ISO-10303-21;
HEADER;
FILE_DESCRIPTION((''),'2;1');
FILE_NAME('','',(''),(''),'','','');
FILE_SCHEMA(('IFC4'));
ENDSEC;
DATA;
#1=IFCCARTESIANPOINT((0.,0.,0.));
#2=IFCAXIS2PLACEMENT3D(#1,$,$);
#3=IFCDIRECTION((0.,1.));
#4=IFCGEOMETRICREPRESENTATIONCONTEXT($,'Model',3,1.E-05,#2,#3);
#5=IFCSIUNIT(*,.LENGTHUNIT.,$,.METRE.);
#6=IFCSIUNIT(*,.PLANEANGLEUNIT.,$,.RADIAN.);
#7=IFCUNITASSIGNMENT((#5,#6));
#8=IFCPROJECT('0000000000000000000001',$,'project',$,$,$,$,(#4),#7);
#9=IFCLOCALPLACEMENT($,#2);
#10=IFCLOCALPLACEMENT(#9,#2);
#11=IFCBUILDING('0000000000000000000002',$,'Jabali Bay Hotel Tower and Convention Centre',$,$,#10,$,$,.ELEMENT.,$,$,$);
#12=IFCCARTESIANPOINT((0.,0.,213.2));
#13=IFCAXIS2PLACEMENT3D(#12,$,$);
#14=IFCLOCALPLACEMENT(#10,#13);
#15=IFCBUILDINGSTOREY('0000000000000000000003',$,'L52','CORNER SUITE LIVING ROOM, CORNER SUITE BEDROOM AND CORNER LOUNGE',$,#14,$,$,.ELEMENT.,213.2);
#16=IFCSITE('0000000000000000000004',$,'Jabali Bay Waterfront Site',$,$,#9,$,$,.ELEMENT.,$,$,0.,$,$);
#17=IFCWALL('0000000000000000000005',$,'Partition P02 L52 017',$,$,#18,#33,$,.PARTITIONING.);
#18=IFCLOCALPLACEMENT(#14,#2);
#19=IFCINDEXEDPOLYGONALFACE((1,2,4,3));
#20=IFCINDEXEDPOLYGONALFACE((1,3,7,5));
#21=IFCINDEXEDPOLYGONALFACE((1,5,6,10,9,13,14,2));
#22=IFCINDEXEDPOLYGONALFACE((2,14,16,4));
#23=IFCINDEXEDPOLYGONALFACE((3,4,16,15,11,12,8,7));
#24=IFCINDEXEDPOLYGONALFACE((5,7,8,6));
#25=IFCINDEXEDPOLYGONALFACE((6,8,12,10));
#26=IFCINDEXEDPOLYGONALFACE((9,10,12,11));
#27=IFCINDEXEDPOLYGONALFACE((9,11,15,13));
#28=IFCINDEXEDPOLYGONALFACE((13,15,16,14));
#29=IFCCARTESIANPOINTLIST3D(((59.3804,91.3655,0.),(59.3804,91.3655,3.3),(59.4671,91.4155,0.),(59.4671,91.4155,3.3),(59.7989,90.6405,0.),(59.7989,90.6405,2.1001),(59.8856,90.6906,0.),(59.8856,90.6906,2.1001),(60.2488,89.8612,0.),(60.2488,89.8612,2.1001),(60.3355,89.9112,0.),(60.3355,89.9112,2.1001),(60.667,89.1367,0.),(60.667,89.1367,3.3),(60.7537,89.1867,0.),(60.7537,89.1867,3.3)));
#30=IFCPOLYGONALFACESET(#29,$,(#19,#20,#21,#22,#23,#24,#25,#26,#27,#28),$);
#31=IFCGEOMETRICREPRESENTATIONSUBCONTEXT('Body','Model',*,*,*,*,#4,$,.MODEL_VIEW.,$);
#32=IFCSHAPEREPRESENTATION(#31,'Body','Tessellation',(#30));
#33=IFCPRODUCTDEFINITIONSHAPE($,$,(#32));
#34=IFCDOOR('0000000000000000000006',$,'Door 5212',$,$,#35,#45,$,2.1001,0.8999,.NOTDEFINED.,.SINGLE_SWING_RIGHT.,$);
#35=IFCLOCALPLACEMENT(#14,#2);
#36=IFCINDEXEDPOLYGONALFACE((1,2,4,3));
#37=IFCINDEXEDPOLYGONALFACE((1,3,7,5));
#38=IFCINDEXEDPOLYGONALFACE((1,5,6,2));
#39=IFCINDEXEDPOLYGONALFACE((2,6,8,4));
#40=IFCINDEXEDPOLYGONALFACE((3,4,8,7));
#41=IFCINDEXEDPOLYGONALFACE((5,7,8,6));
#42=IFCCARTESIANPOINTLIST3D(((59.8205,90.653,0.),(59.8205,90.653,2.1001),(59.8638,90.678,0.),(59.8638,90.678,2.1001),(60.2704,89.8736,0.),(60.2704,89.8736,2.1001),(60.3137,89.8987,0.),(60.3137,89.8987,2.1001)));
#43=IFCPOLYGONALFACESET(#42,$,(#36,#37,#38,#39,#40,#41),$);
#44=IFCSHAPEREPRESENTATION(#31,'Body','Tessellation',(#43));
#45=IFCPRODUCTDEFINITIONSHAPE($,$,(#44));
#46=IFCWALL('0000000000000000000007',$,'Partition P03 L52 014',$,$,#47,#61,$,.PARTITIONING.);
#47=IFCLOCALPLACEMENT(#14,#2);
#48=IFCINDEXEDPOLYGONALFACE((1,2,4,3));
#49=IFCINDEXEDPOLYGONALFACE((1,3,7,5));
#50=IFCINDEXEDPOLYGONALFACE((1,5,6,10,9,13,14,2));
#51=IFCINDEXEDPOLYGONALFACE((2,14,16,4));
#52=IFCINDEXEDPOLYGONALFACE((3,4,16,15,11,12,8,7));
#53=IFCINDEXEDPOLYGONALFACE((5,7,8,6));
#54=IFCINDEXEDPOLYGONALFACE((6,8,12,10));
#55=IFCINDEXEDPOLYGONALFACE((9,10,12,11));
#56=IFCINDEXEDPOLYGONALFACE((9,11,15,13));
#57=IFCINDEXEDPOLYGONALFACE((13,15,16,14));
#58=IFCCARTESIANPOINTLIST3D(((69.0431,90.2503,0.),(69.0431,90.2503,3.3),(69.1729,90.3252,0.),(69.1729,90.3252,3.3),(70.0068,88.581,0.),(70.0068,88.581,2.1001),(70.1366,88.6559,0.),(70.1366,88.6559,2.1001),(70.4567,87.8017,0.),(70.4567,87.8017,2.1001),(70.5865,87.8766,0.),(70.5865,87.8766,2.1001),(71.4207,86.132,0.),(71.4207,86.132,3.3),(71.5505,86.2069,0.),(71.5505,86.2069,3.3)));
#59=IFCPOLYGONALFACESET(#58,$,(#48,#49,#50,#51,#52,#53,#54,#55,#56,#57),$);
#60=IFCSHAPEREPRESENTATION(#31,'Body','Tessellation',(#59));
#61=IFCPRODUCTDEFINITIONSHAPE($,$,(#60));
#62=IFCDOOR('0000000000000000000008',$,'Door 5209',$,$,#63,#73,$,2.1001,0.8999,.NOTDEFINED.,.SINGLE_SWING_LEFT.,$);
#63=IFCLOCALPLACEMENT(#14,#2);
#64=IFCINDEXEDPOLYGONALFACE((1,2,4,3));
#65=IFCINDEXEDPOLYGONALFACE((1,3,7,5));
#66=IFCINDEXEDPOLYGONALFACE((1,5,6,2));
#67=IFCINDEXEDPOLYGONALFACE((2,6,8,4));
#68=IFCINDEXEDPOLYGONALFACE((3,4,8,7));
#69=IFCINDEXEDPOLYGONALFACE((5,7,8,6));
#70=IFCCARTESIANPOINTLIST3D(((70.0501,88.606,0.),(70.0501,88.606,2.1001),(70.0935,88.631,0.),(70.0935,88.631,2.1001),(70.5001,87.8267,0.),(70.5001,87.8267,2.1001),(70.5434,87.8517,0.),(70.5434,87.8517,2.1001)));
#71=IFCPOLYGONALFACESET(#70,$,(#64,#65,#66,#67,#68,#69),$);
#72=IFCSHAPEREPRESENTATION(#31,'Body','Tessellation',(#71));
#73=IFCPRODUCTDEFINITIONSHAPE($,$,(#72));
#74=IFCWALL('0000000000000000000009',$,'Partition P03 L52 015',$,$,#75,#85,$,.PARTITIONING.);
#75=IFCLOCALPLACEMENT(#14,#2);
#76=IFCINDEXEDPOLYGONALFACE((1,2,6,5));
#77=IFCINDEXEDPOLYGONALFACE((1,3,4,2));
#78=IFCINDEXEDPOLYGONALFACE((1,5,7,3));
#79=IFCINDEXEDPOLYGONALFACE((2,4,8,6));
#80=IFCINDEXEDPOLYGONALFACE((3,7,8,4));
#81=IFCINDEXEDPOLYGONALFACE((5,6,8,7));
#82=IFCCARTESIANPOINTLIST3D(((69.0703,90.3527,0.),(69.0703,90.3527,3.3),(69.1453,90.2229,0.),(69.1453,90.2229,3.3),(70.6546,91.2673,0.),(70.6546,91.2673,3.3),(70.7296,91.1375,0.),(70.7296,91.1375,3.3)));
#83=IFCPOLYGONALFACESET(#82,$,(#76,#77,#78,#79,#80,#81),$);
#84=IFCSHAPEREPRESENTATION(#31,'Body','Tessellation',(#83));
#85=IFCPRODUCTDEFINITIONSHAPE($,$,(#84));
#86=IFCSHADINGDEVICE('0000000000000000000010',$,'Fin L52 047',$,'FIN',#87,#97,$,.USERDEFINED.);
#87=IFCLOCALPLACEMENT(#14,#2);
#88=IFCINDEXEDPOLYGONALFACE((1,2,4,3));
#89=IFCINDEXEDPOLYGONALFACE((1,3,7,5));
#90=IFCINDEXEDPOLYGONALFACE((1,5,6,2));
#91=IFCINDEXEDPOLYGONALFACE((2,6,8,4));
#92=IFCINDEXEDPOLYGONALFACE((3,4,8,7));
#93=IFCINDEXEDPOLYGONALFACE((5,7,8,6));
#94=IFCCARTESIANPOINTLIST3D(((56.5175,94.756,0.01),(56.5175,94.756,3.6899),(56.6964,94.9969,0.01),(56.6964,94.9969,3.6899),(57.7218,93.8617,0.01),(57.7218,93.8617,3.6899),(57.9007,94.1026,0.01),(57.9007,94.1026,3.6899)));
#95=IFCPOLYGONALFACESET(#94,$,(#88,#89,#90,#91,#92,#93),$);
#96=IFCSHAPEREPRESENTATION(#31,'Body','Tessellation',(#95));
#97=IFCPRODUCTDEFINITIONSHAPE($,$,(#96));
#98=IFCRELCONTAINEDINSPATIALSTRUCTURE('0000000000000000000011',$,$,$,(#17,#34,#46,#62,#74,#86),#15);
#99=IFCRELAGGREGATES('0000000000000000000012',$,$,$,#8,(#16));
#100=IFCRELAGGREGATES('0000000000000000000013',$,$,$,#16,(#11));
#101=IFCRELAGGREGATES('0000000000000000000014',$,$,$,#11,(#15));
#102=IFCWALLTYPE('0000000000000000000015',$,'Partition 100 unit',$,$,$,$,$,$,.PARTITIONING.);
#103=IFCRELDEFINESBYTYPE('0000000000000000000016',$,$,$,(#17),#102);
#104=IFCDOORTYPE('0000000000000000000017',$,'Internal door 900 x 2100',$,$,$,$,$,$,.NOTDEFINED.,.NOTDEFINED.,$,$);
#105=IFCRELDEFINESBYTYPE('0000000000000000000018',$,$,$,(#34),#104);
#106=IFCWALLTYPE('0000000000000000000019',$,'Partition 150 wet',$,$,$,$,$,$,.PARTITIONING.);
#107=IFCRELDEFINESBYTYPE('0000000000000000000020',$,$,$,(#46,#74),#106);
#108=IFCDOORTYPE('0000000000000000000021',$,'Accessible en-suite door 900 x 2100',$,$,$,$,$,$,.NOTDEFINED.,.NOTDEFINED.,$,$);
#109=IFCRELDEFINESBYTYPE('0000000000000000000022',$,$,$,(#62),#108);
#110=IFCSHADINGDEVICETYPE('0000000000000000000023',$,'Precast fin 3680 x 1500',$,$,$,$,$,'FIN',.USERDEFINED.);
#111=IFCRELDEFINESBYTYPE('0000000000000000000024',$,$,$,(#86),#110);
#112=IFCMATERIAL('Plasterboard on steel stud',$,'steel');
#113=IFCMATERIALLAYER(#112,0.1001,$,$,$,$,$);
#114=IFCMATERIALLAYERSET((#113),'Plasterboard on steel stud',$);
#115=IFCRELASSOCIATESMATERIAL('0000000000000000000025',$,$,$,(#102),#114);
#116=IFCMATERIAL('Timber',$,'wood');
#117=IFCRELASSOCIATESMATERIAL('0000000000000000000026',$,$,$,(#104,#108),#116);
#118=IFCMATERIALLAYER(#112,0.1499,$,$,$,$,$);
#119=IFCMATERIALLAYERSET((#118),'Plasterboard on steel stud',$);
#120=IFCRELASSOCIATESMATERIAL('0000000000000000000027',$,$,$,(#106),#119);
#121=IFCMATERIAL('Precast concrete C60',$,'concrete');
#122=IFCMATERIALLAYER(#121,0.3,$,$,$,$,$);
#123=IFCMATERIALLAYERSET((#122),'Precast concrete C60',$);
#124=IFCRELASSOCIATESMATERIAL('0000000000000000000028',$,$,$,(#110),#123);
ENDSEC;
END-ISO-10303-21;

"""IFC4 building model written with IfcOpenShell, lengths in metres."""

from ifc_helpers import new_model, si_unit, direction, frame, frame_2d, origin, place, context, subcontext, project, spatial, rectangle, extrude, material, layer, layer_set, type_object, element, fill, save


model = new_model("IFC4")

# Units and contexts
model_context = context("Model", 3, precision=1e-05, world=origin(), true_north=direction((0.0, 1.0)))
body_context = subcontext(model_context, "Body", "Model", "MODEL_VIEW")
ifc_project = project(units=[si_unit("LENGTHUNIT", "METRE"), si_unit("PLANEANGLEUNIT", "RADIAN")], contexts=[model_context])

# Site, building, storey
site_placement = place(None, origin())
site = spatial("IfcSite", under=ifc_project, at=site_placement, Name="Jabali Bay Waterfront Site", CompositionType="ELEMENT", RefElevation=0.0)
building_placement = place(site_placement, origin())
building = spatial("IfcBuilding", under=site, at=building_placement, Name="Jabali Bay Hotel Tower and Convention Centre", CompositionType="ELEMENT")
storey_placement = place(building_placement, frame((0.0, 0.0, 213.2)))
storey = spatial("IfcBuildingStorey", under=building, at=storey_placement, Name="L52", Description="CORNER SUITE LIVING ROOM, CORNER SUITE BEDROOM AND CORNER LOUNGE", CompositionType="ELEMENT", Elevation=213.2)

# Shared definitions
ifc_material_1 = material(Name="Timber", Category="wood")

# Walls, openings, doors
ifc_material_2 = material(Name="Plasterboard on steel stud", Category="steel")
ifc_layer_1 = layer(ifc_material_2, 0.1001)
ifc_layer_set_1 = layer_set([ifc_layer_1], Name="Plasterboard on steel stud")
wall_type_1 = type_object("IfcWallType", Name="Partition 100 unit", PredefinedType="PARTITIONING", material=ifc_layer_set_1)
wall_1_placement = place(storey_placement, frame((59.4238, 91.3904, 0.0), z_axis=(0.0, 0.0, 1.0), x_axis=(0.499955, -0.866051, 0.0)))
wall_1 = element("IfcWall", 1, at=wall_1_placement, inside=storey, type_object=wall_type_1, Name="Partition P02 L52 017", PredefinedType="PARTITIONING", context=body_context, shape_type="SweptSolid", body=[
    extrude(rectangle(XDim=2.5735, YDim=0.1001, at=frame_2d((1.2866, 0.0))), origin(), (0.0, 0.0, 1.0), 3.3),
])
opening_1_placement = place(wall_1_placement, frame((0.8369, 0.0, 0.0)))
opening_1 = element("IfcOpeningElement", 2, at=opening_1_placement, cuts=wall_1, PredefinedType="OPENING", context=body_context, shape_type="SweptSolid", body=[
    extrude(rectangle(XDim=0.8999, YDim=2.1001, at=frame_2d((0.45, 1.05))), frame((0.0, 0.0605, 0.0), z_axis=(0.0, -1.0, 0.0), x_axis=(1.0, 0.0, 0.0)), (0.0, 0.0, 1.0), 0.1211),
])
door_type_1 = type_object("IfcDoorType", Name="Internal door 900 x 2100", OperationType="NOTDEFINED", PredefinedType="NOTDEFINED", material=ifc_material_1)
door_1_placement = place(opening_1_placement, origin())
door_1 = element("IfcDoor", 3, at=door_1_placement, inside=storey, type_object=door_type_1, Name="Door 5212", OperationType="SINGLE_SWING_RIGHT", OverallHeight=2.1001, OverallWidth=0.8999, PredefinedType="NOTDEFINED", context=body_context, shape_type="SweptSolid", body=[
    extrude(rectangle(XDim=0.8999, YDim=2.1001, at=frame_2d((0.45, 1.05))), frame((0.0, 0.0249, 0.0), z_axis=(0.0, -1.0, 0.0), x_axis=(1.0, 0.0, 0.0)), (0.0, 0.0, 1.0), 0.05),
])
fill(opening_1, door_1)
ifc_layer_2 = layer(ifc_material_2, 0.1499)
ifc_layer_set_2 = layer_set([ifc_layer_2], Name="Plasterboard on steel stud")
wall_type_2 = type_object("IfcWallType", Name="Partition 150 wet", PredefinedType="PARTITIONING", material=ifc_layer_set_2)
wall_2_placement = place(storey_placement, frame((71.4856, 86.1694, 0.0), z_axis=(0.0, 0.0, 1.0), x_axis=(-0.499988, 0.866033, 0.0)))
wall_2 = element("IfcWall", 4, at=wall_2_placement, inside=storey, type_object=wall_type_2, Name="Partition P03 L52 014", PredefinedType="PARTITIONING", context=body_context, shape_type="SweptSolid", body=[
    extrude(rectangle(XDim=4.7554, YDim=0.1499, at=frame_2d((2.3777, 0.0))), origin(), (0.0, 0.0, 1.0), 3.3),
])
opening_2_placement = place(wall_2_placement, frame((1.928, 0.0, 0.0)))
opening_2 = element("IfcOpeningElement", 5, at=opening_2_placement, cuts=wall_2, PredefinedType="OPENING", context=body_context, shape_type="SweptSolid", body=[
    extrude(rectangle(XDim=0.8999, YDim=2.1001, at=frame_2d((0.45, 1.05))), frame((0.0, 0.0854, 0.0), z_axis=(0.0, -1.0, 0.0), x_axis=(1.0, 0.0, 0.0)), (0.0, 0.0, 1.0), 0.1709),
])
door_type_2 = type_object("IfcDoorType", Name="Accessible en-suite door 900 x 2100", OperationType="NOTDEFINED", PredefinedType="NOTDEFINED", material=ifc_material_1)
door_2_placement = place(opening_2_placement, origin())
door_2 = element("IfcDoor", 6, at=door_2_placement, inside=storey, type_object=door_type_2, Name="Door 5209", OperationType="SINGLE_SWING_LEFT", OverallHeight=2.1001, OverallWidth=0.8999, PredefinedType="NOTDEFINED", context=body_context, shape_type="SweptSolid", body=[
    extrude(rectangle(XDim=0.8999, YDim=2.1001, at=frame_2d((0.45, 1.05))), frame((0.0, 0.0249, 0.0), z_axis=(0.0, -1.0, 0.0), x_axis=(1.0, 0.0, 0.0)), (0.0, 0.0, 1.0), 0.05),
])
fill(opening_2, door_2)

# Wall
wall_3_placement = place(storey_placement, frame((69.1079, 90.2878, 0.0), z_axis=(0.0, 0.0, 1.0), x_axis=(0.86605, 0.499957, 0.0)))
element("IfcWall", 7, at=wall_3_placement, inside=storey, type_object=wall_type_2, Name="Partition P03 L52 015", PredefinedType="PARTITIONING", context=body_context, shape_type="SweptSolid", body=[
    extrude(rectangle(XDim=1.8293, YDim=0.1499, at=frame_2d((0.9146, 0.0))), origin(), (0.0, 0.0, 1.0), 3.3),
])

# Shading device
ifc_material_3 = material(Name="Precast concrete C60", Category="concrete")
ifc_layer_3 = layer(ifc_material_3, 0.3)
ifc_layer_set_3 = layer_set([ifc_layer_3], Name="Precast concrete C60")
shading_device_type = type_object("IfcShadingDeviceType", Name="Precast fin 3680 x 1500", ElementType="FIN", PredefinedType="USERDEFINED", material=ifc_layer_set_3)
shading_device_placement = place(storey_placement, frame((57.8113, 93.9822, 0.01), z_axis=(0.0, 0.0, 1.0), x_axis=(-0.802862, 0.596165, 0.0)))
element("IfcShadingDevice", 8, at=shading_device_placement, inside=storey, type_object=shading_device_type, Name="Fin L52 047", ObjectType="FIN", PredefinedType="USERDEFINED", context=body_context, shape_type="SweptSolid", body=[
    extrude(rectangle(XDim=1.5, YDim=0.3, at=frame_2d((0.75, 0.0))), origin(), (0.0, 0.0, 1.0), 3.6799),
])

save(model, "model.ifc")
